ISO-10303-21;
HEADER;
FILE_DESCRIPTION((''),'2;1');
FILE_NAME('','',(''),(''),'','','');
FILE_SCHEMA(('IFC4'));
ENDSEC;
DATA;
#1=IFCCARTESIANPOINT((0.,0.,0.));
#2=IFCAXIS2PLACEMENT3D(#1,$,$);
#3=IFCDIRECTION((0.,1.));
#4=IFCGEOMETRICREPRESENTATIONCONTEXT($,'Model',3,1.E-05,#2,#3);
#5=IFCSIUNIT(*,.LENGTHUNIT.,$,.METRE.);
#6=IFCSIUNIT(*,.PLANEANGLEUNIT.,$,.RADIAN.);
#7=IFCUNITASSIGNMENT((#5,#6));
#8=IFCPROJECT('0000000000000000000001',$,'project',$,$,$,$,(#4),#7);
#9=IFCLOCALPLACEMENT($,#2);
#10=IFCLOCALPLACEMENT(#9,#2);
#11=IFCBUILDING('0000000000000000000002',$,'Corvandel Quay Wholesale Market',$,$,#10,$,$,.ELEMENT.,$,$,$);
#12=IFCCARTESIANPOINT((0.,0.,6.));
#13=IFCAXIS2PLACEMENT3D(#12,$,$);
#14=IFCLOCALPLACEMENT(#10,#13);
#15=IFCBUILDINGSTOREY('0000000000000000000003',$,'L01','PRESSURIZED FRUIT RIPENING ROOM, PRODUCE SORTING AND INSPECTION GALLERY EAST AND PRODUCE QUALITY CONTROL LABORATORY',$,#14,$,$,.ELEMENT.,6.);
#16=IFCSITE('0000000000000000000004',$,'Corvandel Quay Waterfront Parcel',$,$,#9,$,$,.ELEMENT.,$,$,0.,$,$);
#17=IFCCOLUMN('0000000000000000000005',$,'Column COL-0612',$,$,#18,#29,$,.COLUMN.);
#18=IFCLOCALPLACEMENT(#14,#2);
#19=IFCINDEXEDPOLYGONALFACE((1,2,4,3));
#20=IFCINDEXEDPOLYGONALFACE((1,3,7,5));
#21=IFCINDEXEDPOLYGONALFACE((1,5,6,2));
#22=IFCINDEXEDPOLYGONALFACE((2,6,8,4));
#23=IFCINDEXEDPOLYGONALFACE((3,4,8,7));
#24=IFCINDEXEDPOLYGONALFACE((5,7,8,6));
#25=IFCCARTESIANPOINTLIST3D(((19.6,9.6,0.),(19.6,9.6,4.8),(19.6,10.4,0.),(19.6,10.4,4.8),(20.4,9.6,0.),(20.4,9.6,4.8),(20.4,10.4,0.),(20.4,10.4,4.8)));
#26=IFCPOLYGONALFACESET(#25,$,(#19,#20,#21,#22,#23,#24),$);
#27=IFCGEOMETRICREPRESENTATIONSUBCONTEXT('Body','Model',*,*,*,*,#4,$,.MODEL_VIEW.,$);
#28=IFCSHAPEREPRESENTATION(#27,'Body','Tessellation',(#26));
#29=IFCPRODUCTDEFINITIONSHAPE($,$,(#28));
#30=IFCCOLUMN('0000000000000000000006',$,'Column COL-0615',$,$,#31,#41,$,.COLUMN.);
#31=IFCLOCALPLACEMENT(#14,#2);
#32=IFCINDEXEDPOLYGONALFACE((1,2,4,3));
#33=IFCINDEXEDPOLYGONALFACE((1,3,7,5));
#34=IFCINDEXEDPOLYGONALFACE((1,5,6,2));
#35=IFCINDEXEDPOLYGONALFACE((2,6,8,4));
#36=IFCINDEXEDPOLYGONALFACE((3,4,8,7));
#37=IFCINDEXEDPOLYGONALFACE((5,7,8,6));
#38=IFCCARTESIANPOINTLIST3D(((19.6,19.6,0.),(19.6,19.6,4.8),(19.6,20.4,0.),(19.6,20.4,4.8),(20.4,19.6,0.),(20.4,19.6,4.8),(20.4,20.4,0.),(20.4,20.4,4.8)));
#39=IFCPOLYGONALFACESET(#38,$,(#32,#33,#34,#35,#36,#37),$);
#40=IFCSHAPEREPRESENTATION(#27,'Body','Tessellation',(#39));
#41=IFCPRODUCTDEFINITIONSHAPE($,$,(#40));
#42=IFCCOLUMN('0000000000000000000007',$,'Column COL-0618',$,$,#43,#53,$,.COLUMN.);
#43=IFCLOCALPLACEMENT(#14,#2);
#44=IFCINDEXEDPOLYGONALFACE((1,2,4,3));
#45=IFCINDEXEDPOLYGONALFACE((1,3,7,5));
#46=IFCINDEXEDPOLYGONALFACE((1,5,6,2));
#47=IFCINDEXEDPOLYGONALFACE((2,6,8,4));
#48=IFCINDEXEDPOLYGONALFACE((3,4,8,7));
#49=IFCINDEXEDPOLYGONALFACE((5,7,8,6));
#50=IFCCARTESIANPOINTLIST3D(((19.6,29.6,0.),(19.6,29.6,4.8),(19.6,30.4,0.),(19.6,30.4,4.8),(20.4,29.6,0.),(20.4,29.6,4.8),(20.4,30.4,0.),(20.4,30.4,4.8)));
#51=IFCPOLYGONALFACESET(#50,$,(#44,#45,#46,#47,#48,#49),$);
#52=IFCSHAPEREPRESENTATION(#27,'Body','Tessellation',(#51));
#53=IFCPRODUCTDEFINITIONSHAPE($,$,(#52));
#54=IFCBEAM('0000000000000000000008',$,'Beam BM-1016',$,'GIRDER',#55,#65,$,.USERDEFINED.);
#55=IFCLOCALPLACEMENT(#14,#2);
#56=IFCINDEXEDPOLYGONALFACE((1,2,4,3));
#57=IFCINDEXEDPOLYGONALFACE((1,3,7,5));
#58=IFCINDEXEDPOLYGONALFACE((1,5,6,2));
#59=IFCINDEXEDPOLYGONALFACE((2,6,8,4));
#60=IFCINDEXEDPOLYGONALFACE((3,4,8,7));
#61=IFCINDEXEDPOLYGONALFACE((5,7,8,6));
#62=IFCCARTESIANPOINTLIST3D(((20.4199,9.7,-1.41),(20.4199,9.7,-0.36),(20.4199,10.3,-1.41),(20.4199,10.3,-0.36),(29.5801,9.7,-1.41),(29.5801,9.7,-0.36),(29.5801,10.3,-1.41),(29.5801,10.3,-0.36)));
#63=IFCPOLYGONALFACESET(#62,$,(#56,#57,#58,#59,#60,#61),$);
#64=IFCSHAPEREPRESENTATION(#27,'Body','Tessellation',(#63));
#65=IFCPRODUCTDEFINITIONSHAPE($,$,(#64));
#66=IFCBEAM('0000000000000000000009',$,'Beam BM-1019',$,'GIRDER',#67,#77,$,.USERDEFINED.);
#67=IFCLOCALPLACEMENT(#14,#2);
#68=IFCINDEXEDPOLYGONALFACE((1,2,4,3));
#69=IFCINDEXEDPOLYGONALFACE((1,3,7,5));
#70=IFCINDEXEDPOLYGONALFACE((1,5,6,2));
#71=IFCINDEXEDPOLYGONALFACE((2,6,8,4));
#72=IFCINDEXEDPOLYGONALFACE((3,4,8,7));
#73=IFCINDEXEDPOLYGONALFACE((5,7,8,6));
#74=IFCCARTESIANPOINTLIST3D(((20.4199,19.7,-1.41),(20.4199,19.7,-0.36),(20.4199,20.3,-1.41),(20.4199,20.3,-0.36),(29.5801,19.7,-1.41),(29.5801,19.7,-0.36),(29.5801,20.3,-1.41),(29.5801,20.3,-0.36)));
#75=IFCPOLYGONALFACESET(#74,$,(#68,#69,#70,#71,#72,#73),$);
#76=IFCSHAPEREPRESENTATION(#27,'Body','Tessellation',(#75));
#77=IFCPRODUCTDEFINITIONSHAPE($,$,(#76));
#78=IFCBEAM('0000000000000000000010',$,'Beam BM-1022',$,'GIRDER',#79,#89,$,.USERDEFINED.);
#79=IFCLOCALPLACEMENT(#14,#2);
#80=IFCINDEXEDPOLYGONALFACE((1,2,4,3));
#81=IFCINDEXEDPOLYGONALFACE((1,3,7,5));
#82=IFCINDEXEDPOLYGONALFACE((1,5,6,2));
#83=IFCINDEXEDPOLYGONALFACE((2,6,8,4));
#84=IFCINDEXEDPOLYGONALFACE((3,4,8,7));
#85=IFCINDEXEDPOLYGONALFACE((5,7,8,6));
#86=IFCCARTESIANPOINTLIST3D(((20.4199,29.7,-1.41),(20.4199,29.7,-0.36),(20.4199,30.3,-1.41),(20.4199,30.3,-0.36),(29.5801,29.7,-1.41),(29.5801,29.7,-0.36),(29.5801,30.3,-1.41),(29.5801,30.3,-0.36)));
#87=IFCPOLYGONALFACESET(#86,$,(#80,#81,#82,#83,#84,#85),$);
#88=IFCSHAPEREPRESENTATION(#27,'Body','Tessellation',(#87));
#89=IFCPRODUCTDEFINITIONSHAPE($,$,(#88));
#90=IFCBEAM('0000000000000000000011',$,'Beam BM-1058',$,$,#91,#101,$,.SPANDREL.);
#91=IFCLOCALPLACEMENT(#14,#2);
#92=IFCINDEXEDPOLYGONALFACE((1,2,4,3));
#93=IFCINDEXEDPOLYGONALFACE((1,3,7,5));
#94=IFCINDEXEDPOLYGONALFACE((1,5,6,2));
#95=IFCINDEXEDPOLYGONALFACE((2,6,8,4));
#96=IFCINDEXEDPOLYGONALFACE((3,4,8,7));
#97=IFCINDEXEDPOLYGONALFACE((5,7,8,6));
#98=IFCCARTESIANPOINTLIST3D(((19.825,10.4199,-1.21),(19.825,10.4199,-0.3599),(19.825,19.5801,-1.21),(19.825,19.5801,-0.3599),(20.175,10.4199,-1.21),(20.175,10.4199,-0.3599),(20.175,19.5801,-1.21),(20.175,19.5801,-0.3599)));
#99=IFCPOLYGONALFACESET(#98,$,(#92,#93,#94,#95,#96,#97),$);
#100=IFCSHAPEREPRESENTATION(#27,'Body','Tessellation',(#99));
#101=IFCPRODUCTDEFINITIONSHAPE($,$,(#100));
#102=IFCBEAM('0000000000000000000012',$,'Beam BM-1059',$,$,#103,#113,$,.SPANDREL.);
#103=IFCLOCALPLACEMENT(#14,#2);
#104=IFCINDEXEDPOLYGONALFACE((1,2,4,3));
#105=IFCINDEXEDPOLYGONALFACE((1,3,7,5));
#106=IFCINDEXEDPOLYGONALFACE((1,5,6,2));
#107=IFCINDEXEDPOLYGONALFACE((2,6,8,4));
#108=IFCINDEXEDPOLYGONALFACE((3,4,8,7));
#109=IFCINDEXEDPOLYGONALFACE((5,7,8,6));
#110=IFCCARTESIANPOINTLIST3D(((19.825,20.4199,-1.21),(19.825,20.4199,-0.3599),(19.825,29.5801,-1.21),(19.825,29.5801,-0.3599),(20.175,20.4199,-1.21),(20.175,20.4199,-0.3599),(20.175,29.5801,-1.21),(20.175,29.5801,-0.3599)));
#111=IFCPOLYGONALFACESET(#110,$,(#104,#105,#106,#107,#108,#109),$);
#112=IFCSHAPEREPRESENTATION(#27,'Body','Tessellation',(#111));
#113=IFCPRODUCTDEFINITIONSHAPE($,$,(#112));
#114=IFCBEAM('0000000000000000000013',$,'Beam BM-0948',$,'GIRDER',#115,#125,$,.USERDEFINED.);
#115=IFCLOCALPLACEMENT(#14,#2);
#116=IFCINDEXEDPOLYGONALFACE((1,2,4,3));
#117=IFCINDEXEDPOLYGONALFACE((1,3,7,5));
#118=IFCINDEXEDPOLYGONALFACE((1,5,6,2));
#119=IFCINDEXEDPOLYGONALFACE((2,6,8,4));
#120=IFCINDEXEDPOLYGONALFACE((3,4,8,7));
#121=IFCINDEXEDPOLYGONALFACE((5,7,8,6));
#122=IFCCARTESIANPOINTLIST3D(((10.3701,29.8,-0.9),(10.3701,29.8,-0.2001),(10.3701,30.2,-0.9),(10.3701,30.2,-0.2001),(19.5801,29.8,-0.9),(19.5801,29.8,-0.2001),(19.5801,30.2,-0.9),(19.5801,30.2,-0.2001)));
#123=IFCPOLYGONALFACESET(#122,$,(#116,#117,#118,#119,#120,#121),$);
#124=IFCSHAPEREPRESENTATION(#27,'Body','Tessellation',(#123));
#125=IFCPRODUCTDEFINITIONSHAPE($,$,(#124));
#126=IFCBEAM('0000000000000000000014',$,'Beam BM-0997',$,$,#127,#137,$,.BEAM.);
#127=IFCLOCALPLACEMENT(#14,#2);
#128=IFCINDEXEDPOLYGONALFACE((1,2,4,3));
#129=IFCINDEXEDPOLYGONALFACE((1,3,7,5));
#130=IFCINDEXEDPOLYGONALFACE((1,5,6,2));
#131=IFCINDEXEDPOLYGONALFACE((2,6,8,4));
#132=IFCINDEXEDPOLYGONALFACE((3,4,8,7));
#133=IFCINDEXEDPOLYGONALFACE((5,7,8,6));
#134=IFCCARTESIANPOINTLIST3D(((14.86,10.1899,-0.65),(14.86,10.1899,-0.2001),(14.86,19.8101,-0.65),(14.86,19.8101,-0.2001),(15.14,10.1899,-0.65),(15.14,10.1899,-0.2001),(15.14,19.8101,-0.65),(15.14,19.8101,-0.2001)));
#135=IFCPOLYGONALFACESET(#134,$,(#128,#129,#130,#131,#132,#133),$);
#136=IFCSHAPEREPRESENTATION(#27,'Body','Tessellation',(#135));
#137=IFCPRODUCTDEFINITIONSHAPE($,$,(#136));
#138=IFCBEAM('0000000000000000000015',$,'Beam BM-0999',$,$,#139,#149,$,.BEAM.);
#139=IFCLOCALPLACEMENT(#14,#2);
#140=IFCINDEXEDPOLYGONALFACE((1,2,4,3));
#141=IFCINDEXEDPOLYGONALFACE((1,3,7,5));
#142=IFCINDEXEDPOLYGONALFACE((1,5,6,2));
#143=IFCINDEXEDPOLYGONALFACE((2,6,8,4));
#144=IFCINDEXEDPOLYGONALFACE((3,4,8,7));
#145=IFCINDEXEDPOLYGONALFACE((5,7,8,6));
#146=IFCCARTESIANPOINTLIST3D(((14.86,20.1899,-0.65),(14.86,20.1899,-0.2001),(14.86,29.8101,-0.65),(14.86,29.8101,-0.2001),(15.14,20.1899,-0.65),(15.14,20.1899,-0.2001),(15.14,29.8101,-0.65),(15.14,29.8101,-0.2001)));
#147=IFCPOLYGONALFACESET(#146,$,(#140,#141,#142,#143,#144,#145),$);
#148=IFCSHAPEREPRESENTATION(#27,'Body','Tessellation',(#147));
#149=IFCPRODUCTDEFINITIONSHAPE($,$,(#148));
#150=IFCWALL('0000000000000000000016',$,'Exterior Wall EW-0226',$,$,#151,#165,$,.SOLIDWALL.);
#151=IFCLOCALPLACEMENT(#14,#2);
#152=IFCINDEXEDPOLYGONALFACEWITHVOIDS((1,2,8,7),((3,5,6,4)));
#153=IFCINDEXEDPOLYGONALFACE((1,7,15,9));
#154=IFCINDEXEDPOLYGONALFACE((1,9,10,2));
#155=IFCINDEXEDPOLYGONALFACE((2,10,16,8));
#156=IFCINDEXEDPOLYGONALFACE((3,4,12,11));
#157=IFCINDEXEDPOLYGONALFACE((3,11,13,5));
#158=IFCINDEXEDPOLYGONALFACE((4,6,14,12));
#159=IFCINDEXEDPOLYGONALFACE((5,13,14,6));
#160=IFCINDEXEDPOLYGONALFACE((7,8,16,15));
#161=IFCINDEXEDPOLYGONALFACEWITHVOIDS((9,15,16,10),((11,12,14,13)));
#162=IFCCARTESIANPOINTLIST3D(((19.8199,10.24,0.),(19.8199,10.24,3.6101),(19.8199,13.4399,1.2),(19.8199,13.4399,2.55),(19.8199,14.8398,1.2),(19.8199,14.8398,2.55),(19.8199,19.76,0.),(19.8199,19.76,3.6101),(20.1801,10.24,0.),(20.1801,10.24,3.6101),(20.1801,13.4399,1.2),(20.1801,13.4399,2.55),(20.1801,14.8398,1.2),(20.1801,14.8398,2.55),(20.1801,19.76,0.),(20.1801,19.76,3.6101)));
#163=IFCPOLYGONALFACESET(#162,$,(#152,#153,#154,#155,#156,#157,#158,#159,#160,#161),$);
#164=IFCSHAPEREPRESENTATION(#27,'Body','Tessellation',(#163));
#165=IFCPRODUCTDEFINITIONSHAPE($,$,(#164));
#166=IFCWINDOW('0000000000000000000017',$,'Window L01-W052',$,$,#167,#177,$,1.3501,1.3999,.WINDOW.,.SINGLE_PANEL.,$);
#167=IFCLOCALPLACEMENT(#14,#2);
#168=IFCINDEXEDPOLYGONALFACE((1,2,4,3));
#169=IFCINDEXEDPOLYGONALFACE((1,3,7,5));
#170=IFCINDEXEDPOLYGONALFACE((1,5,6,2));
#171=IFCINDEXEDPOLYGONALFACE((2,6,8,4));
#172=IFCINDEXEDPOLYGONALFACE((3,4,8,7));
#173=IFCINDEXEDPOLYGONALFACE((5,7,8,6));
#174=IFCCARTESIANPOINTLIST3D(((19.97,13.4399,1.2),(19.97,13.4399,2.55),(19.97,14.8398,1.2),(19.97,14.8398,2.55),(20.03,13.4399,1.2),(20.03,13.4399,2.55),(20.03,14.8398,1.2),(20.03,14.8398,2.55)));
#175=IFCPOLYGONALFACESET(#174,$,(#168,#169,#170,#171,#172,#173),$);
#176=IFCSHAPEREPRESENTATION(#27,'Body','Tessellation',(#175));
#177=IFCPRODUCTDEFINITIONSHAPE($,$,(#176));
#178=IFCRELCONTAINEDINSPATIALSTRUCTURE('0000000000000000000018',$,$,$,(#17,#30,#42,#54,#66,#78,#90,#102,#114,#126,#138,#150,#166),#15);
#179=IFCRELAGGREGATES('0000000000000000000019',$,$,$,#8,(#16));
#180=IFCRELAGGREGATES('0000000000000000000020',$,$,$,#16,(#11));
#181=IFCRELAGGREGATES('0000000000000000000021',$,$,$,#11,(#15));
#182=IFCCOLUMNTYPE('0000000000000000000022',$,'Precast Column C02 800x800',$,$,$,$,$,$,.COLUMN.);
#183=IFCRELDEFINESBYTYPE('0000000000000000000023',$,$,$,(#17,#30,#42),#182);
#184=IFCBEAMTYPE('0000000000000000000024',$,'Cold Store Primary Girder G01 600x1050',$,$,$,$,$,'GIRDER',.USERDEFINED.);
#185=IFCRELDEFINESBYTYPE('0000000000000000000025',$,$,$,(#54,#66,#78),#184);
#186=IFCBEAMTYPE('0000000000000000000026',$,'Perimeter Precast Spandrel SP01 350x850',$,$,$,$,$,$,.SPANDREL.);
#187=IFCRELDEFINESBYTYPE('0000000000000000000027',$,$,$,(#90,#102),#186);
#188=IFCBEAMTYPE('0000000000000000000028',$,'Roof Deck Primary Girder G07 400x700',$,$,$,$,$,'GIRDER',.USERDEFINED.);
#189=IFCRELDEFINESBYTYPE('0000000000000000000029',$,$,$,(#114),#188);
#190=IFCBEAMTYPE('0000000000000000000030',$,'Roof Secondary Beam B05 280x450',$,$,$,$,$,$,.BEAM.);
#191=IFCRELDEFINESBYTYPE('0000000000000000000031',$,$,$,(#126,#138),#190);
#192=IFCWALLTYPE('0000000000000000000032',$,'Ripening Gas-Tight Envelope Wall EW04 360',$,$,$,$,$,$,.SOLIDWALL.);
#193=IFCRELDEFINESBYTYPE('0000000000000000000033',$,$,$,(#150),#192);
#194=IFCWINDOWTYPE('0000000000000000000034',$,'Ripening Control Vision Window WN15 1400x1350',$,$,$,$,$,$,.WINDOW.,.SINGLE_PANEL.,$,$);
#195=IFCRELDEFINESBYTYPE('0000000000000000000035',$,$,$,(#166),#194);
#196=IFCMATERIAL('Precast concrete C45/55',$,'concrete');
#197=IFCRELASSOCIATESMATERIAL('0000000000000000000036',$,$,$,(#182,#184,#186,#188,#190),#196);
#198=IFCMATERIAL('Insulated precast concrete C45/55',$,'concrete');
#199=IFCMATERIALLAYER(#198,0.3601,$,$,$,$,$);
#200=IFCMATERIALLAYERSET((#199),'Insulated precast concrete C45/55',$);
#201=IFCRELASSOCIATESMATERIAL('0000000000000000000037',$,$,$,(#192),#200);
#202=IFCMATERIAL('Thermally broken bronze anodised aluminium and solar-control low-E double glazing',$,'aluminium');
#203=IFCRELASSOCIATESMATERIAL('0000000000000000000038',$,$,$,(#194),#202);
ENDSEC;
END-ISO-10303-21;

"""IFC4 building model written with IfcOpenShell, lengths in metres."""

from ifc_helpers import new_model, si_unit, direction, frame, frame_2d, origin, origin_2d, place, context, subcontext, project, spatial, rectangle, extrude, material, layer, layer_set, material_profile, profile_set, type_object, element, fill, save


model = new_model("IFC4")

# Units and contexts
model_context = context("Model", 3, precision=1e-05, world=origin(), true_north=direction((0.0, 1.0)))
body_context = subcontext(model_context, "Body", "Model", "MODEL_VIEW")
ifc_project = project(units=[si_unit("LENGTHUNIT", "METRE"), si_unit("PLANEANGLEUNIT", "RADIAN")], contexts=[model_context])

# Site, building, storey
site_placement = place(None, origin())
site = spatial("IfcSite", under=ifc_project, at=site_placement, Name="Corvandel Quay Waterfront Parcel", CompositionType="ELEMENT", RefElevation=0.0)
building_placement = place(site_placement, origin())
building = spatial("IfcBuilding", under=site, at=building_placement, Name="Corvandel Quay Wholesale Market", CompositionType="ELEMENT")
storey_placement = place(building_placement, frame((0.0, 0.0, 6.0)))
storey = spatial("IfcBuildingStorey", under=building, at=storey_placement, Name="L01", Description="PRESSURIZED FRUIT RIPENING ROOM, PRODUCE SORTING AND INSPECTION GALLERY EAST AND PRODUCE QUALITY CONTROL LABORATORY", CompositionType="ELEMENT", Elevation=6.0)

# Columns
ifc_material_1 = material(Name="Precast concrete C45/55", Category="concrete")
ifc_material_profile_1 = material_profile(ifc_material_1, rectangle(XDim=0.8, YDim=0.8, at=origin_2d()), Name="PC-COL-800x800")
ifc_profile_set_1 = profile_set([ifc_material_profile_1], Name="Precast concrete C45/55")
column_type = type_object("IfcColumnType", Name="Precast Column C02 800x800", PredefinedType="COLUMN", material=ifc_profile_set_1)
for number, where, z_axis, x_axis, name in (
    (1, (20.0, 10.0, 0.0), (0.0, 0.0, 1.0), (1.0, 0.0, 0.0), "Column COL-0612"),
    (2, (20.0, 20.0, 0.0), (0.0, 0.0, 1.0), (1.0, 0.0, 0.0), "Column COL-0615"),
    (3, (20.0, 30.0, 0.0), (0.0, 0.0, 1.0), (1.0, 0.0, 0.0), "Column COL-0618"),
):
    element("IfcColumn", number, at=place(storey_placement, frame(where, z_axis=z_axis, x_axis=x_axis)), inside=storey, type_object=column_type, Name=name, PredefinedType="COLUMN", context=body_context, shape_type="SweptSolid", body=[
        extrude(rectangle(XDim=0.8, YDim=0.8, at=origin_2d()), origin(), (0.0, 0.0, 1.0), 4.8),
    ])

# Beams
ifc_material_profile_2 = material_profile(ifc_material_1, rectangle(XDim=0.6001, YDim=1.05, at=origin_2d()), Name="PC-GIR-600x1050")
ifc_profile_set_2 = profile_set([ifc_material_profile_2], Name="Precast concrete C45/55")
beam_type_1 = type_object("IfcBeamType", Name="Cold Store Primary Girder G01 600x1050", ElementType="GIRDER", PredefinedType="USERDEFINED", material=ifc_profile_set_2)
for number, where, z_axis, x_axis, name in (
    (4, (20.4199, 10.0, -0.885), (1.0, 0.0, 0.0), (0.0, 1.0, 0.0), "Beam BM-1016"),
    (5, (20.4199, 20.0, -0.885), (1.0, 0.0, 0.0), (0.0, 1.0, 0.0), "Beam BM-1019"),
    (6, (20.4199, 30.0, -0.885), (1.0, 0.0, 0.0), (0.0, 1.0, 0.0), "Beam BM-1022"),
):
    element("IfcBeam", number, at=place(storey_placement, frame(where, z_axis=z_axis, x_axis=x_axis)), inside=storey, type_object=beam_type_1, Name=name, ObjectType="GIRDER", PredefinedType="USERDEFINED", context=body_context, shape_type="SweptSolid", body=[
        extrude(rectangle(XDim=0.6001, YDim=1.05, at=origin_2d()), origin(), (0.0, 0.0, 1.0), 9.1602),
    ])
ifc_material_profile_3 = material_profile(ifc_material_1, rectangle(XDim=0.3501, YDim=0.8501, at=origin_2d()), Name="PC-SPN-350x850")
ifc_profile_set_3 = profile_set([ifc_material_profile_3], Name="Precast concrete C45/55")
beam_type_2 = type_object("IfcBeamType", Name="Perimeter Precast Spandrel SP01 350x850", PredefinedType="SPANDREL", material=ifc_profile_set_3)
for number, where, z_axis, x_axis, name in (
    (7, (20.0, 10.4199, -0.7849), (0.0, 1.0, 0.0), (-1.0, 0.0, 0.0), "Beam BM-1058"),
    (8, (20.0, 20.4199, -0.7849), (0.0, 1.0, 0.0), (-1.0, 0.0, 0.0), "Beam BM-1059"),
):
    element("IfcBeam", number, at=place(storey_placement, frame(where, z_axis=z_axis, x_axis=x_axis)), inside=storey, type_object=beam_type_2, Name=name, PredefinedType="SPANDREL", context=body_context, shape_type="SweptSolid", body=[
        extrude(rectangle(XDim=0.3501, YDim=0.8501, at=origin_2d()), origin(), (0.0, 0.0, 1.0), 9.1602),
    ])
ifc_material_profile_4 = material_profile(ifc_material_1, rectangle(XDim=0.3999, YDim=0.7, at=origin_2d()), Name="PC-GIR-400x700")
ifc_profile_set_4 = profile_set([ifc_material_profile_4], Name="Precast concrete C45/55")
beam_type_3 = type_object("IfcBeamType", Name="Roof Deck Primary Girder G07 400x700", ElementType="GIRDER", PredefinedType="USERDEFINED", material=ifc_profile_set_4)
beam_placement = place(storey_placement, frame((10.3701, 30.0, -0.55), z_axis=(1.0, 0.0, 0.0), x_axis=(0.0, 1.0, 0.0)))
element("IfcBeam", 9, at=beam_placement, inside=storey, type_object=beam_type_3, Name="Beam BM-0948", ObjectType="GIRDER", PredefinedType="USERDEFINED", context=body_context, shape_type="SweptSolid", body=[
    extrude(rectangle(XDim=0.3999, YDim=0.7, at=origin_2d()), origin(), (0.0, 0.0, 1.0), 9.21),
])
ifc_material_profile_5 = material_profile(ifc_material_1, rectangle(XDim=0.28, YDim=0.45, at=origin_2d()), Name="PC-BM-280x450")
ifc_profile_set_5 = profile_set([ifc_material_profile_5], Name="Precast concrete C45/55")
beam_type_4 = type_object("IfcBeamType", Name="Roof Secondary Beam B05 280x450", PredefinedType="BEAM", material=ifc_profile_set_5)
for number, where, z_axis, x_axis, name in (
    (10, (15.0, 10.1899, -0.425), (0.0, 1.0, 0.0), (-1.0, 0.0, 0.0), "Beam BM-0997"),
    (11, (15.0, 20.1899, -0.425), (0.0, 1.0, 0.0), (-1.0, 0.0, 0.0), "Beam BM-0999"),
):
    element("IfcBeam", number, at=place(storey_placement, frame(where, z_axis=z_axis, x_axis=x_axis)), inside=storey, type_object=beam_type_4, Name=name, PredefinedType="BEAM", context=body_context, shape_type="SweptSolid", body=[
        extrude(rectangle(XDim=0.28, YDim=0.45, at=origin_2d()), origin(), (0.0, 0.0, 1.0), 9.6201),
    ])

# Wall, opening, window
ifc_material_2 = material(Name="Insulated precast concrete C45/55", Category="concrete")
ifc_layer = layer(ifc_material_2, 0.3601)
ifc_layer_set = layer_set([ifc_layer], Name="Insulated precast concrete C45/55")
wall_type = type_object("IfcWallType", Name="Ripening Gas-Tight Envelope Wall EW04 360", PredefinedType="SOLIDWALL", material=ifc_layer_set)
wall_1_placement = place(storey_placement, frame((20.0, 10.24, 0.0), z_axis=(0.0, 0.0, 1.0), x_axis=(0.0, 1.0, 0.0)))
wall_1 = element("IfcWall", 12, at=wall_1_placement, inside=storey, type_object=wall_type, Name="Exterior Wall EW-0226", PredefinedType="SOLIDWALL", context=body_context, shape_type="SweptSolid", body=[
    extrude(rectangle(XDim=9.52, YDim=0.3601, at=frame_2d((4.76, 0.0))), origin(), (0.0, 0.0, 1.0), 3.6101),
])
opening_1_placement = place(wall_1_placement, frame((3.2, 0.0, 1.2)))
opening_1 = element("IfcOpeningElement", 13, at=opening_1_placement, cuts=wall_1, PredefinedType="OPENING", context=body_context, shape_type="SweptSolid", body=[
    extrude(rectangle(XDim=1.3999, YDim=1.3501, at=frame_2d((0.7, 0.675))), frame((0.0, 0.1899, 0.0), z_axis=(0.0, -1.0, 0.0), x_axis=(1.0, 0.0, 0.0)), (0.0, 0.0, 1.0), 0.3801),
])
ifc_material_3 = material(Name="Thermally broken bronze anodised aluminium and solar-control low-E double glazing", Category="aluminium")
window_type_1 = type_object("IfcWindowType", Name="Ripening Control Vision Window WN15 1400x1350", PartitioningType="SINGLE_PANEL", PredefinedType="WINDOW", material=ifc_material_3)
window_1_placement = place(opening_1_placement, origin())
window_1 = element("IfcWindow", 14, at=window_1_placement, inside=storey, type_object=window_type_1, Name="Window L01-W052", OverallHeight=1.3501, OverallWidth=1.3999, PartitioningType="SINGLE_PANEL", PredefinedType="WINDOW", context=body_context, shape_type="SweptSolid", body=[
    extrude(rectangle(XDim=1.3999, YDim=1.3501, at=frame_2d((0.7, 0.675))), frame((0.0, 0.03, 0.0), z_axis=(0.0, -1.0, 0.0), x_axis=(1.0, 0.0, 0.0)), (0.0, 0.0, 1.0), 0.0601),
])
fill(opening_1, window_1)

save(model, "model.ifc")
